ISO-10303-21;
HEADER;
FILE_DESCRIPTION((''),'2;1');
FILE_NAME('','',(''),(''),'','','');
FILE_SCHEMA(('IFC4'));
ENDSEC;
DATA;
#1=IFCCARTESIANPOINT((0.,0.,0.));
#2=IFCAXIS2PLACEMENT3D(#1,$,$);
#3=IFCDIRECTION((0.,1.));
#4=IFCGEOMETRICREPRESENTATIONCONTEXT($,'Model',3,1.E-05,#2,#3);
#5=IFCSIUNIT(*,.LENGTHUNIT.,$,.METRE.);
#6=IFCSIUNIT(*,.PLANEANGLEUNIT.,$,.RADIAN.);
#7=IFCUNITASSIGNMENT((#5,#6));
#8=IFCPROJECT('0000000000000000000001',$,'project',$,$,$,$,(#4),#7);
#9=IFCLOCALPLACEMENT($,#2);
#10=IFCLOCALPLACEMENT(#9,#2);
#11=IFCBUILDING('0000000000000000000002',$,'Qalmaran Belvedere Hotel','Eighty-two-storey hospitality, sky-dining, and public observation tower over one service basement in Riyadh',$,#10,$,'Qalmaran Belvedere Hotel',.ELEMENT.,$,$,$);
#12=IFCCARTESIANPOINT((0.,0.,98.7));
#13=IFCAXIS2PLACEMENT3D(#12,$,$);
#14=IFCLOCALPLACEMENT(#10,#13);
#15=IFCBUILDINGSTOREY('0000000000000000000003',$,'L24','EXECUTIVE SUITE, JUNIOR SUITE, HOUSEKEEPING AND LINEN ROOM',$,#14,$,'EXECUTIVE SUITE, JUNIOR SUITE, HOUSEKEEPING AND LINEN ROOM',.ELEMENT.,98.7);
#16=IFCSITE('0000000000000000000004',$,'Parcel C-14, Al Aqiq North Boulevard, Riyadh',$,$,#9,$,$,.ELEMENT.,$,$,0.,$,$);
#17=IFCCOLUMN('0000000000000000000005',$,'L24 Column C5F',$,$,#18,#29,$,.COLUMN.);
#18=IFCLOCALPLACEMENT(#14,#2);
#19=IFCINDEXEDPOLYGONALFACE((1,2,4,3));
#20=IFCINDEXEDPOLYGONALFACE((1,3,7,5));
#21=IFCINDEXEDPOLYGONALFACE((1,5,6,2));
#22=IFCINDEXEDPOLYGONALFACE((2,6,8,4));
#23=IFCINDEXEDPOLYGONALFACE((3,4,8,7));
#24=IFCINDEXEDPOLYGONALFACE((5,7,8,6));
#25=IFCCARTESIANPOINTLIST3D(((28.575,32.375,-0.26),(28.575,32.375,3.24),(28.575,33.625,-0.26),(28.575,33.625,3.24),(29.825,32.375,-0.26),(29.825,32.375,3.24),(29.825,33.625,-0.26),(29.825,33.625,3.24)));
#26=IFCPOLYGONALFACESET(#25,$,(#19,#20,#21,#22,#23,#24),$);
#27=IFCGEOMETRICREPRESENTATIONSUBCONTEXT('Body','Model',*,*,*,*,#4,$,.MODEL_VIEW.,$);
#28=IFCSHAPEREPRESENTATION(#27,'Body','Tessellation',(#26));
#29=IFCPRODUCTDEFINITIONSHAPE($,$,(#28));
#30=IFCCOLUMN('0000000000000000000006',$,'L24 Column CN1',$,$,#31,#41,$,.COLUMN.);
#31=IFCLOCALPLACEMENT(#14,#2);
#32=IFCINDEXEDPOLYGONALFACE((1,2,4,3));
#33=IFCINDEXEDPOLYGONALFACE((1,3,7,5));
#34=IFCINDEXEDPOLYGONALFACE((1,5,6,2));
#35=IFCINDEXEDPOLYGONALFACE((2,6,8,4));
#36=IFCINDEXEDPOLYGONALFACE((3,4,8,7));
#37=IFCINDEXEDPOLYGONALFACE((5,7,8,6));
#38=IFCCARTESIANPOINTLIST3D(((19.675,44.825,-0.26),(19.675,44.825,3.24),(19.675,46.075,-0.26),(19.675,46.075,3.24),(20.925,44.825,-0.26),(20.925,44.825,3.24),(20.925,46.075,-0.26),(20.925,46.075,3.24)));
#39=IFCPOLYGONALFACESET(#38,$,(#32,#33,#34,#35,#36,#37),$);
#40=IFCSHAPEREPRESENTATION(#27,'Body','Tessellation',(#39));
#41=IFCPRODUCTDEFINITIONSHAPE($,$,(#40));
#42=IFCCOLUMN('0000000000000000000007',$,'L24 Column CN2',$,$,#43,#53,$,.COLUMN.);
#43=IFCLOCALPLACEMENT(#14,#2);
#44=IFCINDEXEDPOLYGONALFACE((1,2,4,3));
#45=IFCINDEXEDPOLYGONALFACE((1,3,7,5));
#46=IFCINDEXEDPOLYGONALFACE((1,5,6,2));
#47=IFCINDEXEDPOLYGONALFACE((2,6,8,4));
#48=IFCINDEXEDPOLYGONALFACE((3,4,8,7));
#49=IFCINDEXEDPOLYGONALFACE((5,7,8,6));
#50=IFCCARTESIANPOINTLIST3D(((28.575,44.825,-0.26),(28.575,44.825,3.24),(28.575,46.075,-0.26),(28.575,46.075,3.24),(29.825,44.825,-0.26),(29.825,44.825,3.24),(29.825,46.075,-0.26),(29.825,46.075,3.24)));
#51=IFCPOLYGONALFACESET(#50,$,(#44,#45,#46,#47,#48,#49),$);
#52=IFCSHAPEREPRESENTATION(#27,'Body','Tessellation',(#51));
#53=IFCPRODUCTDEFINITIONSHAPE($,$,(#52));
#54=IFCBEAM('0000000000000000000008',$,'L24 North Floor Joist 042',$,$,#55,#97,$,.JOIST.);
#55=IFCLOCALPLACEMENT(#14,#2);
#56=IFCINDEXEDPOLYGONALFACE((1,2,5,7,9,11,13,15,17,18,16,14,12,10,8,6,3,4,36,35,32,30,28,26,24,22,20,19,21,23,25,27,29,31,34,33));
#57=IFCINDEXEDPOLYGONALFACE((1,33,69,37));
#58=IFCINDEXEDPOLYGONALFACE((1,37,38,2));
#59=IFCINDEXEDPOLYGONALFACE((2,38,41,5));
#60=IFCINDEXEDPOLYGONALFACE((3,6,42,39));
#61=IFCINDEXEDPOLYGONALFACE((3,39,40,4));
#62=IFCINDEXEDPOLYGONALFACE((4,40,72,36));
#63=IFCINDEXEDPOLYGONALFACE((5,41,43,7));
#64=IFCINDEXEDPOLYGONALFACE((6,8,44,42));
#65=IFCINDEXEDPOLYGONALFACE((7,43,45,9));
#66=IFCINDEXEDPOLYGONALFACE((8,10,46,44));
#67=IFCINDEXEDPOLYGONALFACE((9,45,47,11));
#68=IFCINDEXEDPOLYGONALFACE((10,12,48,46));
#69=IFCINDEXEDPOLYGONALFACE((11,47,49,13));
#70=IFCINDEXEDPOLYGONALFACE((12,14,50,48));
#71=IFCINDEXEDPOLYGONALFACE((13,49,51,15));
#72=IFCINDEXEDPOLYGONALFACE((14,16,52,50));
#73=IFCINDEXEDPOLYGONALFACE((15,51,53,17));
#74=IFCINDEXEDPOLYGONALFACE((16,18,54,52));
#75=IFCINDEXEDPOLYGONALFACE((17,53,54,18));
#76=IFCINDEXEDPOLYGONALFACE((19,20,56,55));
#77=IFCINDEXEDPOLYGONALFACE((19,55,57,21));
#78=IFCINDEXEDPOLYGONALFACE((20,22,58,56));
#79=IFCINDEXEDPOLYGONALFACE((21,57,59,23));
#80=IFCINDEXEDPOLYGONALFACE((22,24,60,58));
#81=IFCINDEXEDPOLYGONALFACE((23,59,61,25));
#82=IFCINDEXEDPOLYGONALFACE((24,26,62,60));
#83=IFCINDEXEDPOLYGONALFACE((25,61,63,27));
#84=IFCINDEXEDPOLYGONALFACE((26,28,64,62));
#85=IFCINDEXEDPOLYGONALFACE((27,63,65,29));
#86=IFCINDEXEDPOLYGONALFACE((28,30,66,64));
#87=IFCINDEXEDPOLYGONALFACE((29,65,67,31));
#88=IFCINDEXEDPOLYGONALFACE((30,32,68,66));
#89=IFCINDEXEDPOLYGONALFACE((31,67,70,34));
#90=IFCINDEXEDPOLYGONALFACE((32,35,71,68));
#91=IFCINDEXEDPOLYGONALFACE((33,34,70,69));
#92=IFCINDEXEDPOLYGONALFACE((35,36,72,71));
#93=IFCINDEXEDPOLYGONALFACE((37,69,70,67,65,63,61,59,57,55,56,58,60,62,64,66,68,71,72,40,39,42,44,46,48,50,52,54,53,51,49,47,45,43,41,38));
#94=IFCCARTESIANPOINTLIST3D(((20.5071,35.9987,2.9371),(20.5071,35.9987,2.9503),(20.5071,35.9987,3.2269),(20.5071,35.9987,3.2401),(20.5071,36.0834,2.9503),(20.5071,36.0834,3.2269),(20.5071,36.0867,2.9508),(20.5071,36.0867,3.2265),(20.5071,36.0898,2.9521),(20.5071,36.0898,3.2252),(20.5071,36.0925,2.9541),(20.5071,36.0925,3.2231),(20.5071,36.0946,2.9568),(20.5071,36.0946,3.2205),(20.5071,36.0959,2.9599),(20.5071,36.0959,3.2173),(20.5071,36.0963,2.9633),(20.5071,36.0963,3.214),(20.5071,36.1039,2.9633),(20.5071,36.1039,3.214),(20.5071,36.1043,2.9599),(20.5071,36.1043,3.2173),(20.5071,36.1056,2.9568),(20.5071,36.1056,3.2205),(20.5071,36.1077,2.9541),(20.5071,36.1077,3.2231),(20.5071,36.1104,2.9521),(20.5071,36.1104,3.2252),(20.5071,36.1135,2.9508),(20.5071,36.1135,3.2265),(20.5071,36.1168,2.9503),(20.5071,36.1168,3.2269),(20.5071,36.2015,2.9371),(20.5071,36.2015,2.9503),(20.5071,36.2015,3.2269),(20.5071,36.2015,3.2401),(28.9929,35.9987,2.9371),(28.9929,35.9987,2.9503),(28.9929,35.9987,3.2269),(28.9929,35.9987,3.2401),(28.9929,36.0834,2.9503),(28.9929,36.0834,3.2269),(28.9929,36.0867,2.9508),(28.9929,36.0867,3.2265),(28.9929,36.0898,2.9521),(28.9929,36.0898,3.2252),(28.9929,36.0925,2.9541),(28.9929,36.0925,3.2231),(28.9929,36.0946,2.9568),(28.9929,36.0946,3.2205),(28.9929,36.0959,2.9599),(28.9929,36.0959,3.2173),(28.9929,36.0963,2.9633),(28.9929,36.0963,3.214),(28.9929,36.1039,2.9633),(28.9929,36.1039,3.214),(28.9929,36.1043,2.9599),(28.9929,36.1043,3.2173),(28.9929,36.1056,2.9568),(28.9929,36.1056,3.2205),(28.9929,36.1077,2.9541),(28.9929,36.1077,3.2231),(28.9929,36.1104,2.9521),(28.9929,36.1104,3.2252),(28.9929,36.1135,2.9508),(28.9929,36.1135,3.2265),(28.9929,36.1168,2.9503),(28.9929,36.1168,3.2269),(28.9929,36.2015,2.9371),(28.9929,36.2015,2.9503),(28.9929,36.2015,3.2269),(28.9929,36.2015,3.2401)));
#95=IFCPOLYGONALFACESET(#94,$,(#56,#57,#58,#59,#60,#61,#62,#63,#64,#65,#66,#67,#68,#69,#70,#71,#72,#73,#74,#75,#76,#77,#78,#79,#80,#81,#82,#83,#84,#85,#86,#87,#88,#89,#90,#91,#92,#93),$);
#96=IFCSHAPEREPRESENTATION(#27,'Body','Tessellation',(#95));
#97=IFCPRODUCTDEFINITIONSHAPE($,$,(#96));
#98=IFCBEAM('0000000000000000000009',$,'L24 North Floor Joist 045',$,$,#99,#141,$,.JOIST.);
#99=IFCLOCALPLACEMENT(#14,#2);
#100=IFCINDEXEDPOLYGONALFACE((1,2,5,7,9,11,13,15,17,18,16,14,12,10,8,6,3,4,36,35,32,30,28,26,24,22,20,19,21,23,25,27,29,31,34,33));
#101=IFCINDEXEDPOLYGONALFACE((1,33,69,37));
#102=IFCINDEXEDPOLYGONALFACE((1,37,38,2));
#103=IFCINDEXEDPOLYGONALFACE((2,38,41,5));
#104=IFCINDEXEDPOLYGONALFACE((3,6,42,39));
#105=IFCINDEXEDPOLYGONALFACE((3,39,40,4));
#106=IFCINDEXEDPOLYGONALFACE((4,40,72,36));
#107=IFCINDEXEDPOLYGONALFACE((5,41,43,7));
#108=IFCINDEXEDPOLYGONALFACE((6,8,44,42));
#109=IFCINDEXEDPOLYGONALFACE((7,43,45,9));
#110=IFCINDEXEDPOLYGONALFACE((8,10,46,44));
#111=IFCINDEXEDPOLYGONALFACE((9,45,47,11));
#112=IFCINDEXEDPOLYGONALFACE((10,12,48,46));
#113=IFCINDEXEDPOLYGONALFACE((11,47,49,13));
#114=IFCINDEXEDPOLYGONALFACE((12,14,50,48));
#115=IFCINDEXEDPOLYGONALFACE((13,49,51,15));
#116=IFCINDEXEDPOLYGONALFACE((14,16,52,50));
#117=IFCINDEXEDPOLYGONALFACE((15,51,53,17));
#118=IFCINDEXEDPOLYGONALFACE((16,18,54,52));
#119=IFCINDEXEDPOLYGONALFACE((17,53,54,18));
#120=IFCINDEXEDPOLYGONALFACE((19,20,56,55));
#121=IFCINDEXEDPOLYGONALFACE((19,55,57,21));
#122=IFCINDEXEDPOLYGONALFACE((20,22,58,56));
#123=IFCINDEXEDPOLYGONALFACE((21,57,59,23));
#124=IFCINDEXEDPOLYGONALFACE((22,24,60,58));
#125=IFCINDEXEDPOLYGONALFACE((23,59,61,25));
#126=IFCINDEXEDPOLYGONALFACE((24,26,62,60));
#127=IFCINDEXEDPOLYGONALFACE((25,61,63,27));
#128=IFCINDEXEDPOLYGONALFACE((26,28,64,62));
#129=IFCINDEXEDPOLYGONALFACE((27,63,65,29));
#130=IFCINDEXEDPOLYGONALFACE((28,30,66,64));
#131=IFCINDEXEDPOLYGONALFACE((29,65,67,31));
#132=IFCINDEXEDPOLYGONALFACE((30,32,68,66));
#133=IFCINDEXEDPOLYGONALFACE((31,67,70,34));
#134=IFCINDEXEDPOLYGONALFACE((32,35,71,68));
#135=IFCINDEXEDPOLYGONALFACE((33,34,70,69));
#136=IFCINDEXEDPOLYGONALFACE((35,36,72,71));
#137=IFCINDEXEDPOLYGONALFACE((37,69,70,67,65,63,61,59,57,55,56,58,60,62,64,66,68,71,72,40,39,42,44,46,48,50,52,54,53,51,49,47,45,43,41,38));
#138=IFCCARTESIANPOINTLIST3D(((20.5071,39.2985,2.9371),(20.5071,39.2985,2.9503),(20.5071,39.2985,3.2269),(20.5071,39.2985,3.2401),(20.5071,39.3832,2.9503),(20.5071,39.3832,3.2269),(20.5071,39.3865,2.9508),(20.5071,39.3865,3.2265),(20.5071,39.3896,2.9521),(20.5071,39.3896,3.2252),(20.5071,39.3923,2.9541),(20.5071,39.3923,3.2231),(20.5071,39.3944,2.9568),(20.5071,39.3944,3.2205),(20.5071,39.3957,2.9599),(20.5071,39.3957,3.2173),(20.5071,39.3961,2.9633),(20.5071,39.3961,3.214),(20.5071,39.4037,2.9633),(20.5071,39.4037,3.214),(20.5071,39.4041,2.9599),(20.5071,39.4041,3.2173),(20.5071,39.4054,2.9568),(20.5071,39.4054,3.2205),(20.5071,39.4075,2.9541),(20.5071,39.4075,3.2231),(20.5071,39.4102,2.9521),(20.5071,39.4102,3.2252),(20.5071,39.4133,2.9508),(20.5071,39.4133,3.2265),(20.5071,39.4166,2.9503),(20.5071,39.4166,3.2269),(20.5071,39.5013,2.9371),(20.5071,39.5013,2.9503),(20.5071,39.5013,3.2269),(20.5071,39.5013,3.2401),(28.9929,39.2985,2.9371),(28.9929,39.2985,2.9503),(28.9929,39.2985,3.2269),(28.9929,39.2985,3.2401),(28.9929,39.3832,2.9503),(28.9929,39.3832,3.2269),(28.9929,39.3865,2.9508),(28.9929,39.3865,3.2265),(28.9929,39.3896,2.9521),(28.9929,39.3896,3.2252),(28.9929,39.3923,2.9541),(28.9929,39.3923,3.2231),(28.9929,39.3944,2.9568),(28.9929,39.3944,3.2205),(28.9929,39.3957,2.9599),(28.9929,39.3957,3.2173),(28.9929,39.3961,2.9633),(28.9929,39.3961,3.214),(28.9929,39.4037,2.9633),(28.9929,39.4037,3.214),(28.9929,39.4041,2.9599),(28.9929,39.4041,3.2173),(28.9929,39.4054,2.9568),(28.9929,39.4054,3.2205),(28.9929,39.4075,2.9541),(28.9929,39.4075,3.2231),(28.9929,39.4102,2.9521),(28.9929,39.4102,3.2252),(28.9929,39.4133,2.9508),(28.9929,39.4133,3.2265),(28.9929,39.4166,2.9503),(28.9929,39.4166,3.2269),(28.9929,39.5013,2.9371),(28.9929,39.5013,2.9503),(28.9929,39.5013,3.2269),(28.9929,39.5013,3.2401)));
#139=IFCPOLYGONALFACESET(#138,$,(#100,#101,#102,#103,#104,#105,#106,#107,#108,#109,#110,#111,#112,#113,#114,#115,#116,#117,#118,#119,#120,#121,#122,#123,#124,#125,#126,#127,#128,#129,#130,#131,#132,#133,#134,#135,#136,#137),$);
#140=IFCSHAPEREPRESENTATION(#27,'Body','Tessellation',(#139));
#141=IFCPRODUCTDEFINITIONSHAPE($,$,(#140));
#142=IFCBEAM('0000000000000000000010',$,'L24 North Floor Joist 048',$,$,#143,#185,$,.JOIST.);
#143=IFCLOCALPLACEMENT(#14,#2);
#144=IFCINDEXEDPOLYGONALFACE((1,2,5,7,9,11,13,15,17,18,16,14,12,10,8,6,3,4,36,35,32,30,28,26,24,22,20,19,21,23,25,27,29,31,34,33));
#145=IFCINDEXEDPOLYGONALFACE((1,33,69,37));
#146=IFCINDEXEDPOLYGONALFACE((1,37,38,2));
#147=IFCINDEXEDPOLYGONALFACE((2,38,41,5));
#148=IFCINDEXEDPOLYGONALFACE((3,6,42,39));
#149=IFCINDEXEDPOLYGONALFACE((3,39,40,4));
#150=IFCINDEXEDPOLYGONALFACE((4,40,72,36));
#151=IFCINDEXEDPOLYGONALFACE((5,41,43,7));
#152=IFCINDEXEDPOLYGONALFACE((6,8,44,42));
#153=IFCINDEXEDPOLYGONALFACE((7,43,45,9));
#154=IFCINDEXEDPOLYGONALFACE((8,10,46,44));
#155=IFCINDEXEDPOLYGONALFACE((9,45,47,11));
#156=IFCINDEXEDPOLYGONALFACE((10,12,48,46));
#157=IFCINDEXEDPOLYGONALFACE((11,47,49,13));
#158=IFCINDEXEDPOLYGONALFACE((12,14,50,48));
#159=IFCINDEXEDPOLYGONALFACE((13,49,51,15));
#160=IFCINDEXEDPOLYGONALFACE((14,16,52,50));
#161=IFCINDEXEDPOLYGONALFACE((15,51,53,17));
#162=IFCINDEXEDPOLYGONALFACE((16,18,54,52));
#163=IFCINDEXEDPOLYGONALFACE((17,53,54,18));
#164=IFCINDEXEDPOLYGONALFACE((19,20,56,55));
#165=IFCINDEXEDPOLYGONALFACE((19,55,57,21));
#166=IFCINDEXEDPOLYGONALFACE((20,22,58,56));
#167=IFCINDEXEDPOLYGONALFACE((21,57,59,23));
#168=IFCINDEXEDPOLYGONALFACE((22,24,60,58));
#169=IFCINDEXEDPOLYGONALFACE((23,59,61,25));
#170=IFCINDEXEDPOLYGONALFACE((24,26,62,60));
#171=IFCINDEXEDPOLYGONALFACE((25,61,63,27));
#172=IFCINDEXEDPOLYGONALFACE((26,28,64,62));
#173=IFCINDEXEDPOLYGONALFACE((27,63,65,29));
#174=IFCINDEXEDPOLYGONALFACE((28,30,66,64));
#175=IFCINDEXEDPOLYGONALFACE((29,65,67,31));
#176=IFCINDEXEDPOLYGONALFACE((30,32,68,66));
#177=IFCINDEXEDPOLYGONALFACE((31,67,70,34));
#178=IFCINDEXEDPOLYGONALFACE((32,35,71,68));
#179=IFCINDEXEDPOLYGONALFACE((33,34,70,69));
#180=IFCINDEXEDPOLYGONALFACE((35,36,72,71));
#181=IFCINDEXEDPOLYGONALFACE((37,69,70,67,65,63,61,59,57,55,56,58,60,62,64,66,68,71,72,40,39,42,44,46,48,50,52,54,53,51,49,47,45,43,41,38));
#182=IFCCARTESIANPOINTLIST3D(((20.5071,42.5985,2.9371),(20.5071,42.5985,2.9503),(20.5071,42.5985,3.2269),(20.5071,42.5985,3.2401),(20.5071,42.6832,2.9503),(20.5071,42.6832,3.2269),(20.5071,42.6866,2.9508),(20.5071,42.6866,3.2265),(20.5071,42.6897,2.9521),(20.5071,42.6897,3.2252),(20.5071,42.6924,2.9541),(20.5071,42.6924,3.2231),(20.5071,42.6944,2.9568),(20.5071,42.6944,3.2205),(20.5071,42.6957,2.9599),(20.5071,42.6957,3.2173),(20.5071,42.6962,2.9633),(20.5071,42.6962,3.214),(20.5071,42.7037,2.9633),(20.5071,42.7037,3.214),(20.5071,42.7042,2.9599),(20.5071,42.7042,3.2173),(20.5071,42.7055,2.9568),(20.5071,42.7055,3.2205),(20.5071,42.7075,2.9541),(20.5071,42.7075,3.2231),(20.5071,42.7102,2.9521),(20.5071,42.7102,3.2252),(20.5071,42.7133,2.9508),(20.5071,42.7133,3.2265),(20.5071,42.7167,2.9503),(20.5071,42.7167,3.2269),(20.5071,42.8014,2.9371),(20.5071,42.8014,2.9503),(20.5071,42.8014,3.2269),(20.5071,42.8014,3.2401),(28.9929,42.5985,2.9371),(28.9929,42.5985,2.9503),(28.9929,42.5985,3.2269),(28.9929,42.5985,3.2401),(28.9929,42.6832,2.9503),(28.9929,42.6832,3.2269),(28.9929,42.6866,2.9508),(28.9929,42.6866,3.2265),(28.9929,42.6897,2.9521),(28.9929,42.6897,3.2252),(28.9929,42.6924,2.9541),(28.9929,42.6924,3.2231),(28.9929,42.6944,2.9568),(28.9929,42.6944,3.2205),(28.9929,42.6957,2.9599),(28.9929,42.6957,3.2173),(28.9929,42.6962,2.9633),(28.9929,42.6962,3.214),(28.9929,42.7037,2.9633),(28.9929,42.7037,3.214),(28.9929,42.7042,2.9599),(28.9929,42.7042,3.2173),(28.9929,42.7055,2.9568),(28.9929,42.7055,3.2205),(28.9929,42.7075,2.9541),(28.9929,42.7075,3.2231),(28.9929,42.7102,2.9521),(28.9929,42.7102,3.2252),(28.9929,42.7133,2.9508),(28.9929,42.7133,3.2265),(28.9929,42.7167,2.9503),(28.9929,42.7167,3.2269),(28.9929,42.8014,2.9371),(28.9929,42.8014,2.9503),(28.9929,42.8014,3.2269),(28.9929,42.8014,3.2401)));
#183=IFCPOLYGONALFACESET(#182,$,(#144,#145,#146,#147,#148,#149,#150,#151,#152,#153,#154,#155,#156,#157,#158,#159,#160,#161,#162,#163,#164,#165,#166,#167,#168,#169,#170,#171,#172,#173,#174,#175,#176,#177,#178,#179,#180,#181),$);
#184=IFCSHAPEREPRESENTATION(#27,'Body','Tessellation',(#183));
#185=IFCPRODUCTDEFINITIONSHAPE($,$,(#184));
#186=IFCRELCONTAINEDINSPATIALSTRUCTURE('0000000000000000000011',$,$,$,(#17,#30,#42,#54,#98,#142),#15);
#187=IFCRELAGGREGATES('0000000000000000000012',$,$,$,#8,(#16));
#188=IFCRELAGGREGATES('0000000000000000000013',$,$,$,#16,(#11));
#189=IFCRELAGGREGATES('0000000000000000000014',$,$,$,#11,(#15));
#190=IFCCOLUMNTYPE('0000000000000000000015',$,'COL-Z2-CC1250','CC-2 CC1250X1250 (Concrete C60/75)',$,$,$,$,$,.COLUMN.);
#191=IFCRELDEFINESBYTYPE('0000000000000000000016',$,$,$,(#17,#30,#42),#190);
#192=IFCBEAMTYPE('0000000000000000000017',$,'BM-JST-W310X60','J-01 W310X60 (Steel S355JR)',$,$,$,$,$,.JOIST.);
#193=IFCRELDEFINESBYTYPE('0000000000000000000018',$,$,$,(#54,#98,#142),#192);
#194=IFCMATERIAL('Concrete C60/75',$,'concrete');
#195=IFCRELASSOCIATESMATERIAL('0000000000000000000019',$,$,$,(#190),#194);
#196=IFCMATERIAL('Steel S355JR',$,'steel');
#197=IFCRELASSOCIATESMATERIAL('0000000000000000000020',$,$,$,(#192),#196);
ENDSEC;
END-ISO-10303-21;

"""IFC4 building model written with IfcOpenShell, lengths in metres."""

from ifc_helpers import new_model, si_unit, direction, frame, origin, origin_2d, place, context, subcontext, project, spatial, rectangle, i_section, extrude, material, material_profile, profile_set, type_object, element, save


model = new_model("IFC4")

# Units and contexts
model_context = context("Model", 3, precision=1e-05, world=origin(), true_north=direction((0.0, 1.0)))
body_context = subcontext(model_context, "Body", "Model", "MODEL_VIEW")
ifc_project = project(units=[si_unit("LENGTHUNIT", "METRE"), si_unit("PLANEANGLEUNIT", "RADIAN")], contexts=[model_context])

# Site, building, storey
site_placement = place(None, origin())
site = spatial("IfcSite", under=ifc_project, at=site_placement, Name="Parcel C-14, Al Aqiq North Boulevard, Riyadh", CompositionType="ELEMENT", RefElevation=0.0)
building_placement = place(site_placement, origin())
building = spatial("IfcBuilding", under=site, at=building_placement, Name="Qalmaran Belvedere Hotel", Description="Eighty-two-storey hospitality, sky-dining, and public observation tower over one service basement in Riyadh", LongName="Qalmaran Belvedere Hotel", CompositionType="ELEMENT")
storey_placement = place(building_placement, frame((0.0, 0.0, 98.7)))
storey = spatial("IfcBuildingStorey", under=building, at=storey_placement, Name="L24", Description="EXECUTIVE SUITE, JUNIOR SUITE, HOUSEKEEPING AND LINEN ROOM", LongName="EXECUTIVE SUITE, JUNIOR SUITE, HOUSEKEEPING AND LINEN ROOM", CompositionType="ELEMENT", Elevation=98.7)

# Columns
ifc_material_1 = material(Name="Concrete C60/75", Category="concrete")
ifc_material_profile_1 = material_profile(ifc_material_1, rectangle(XDim=1.25, YDim=1.25, at=origin_2d()), Name="CC1250X1250")
ifc_profile_set_1 = profile_set([ifc_material_profile_1], Name="Concrete C60/75")
column_type = type_object("IfcColumnType", Name="COL-Z2-CC1250", Description="CC-2 CC1250X1250 (Concrete C60/75)", PredefinedType="COLUMN", material=ifc_profile_set_1)
for number, where, z_axis, x_axis, name in (
    (1, (29.2, 33.0, -0.26), (0.0, 0.0, 1.0), (1.0, 0.0, 0.0), "L24 Column C5F"),
    (2, (20.3, 45.45, -0.26), (0.0, 0.0, 1.0), (1.0, 0.0, 0.0), "L24 Column CN1"),
    (3, (29.2, 45.45, -0.26), (0.0, 0.0, 1.0), (1.0, 0.0, 0.0), "L24 Column CN2"),
):
    element("IfcColumn", number, at=place(storey_placement, frame(where, z_axis=z_axis, x_axis=x_axis)), inside=storey, type_object=column_type, Name=name, PredefinedType="COLUMN", context=body_context, shape_type="SweptSolid", body=[
        extrude(rectangle(XDim=1.25, YDim=1.25, at=origin_2d()), origin(), (0.0, 0.0, 1.0), 3.5),
    ])

# Beams
ifc_material_2 = material(Name="Steel S355JR", Category="steel")
ifc_material_profile_2 = material_profile(ifc_material_2, i_section(OverallWidth=0.2029, OverallDepth=0.303, WebThickness=0.0076, FlangeThickness=0.0132, FilletRadius=0.0129, at=origin_2d()), Name="W310X60")
ifc_profile_set_2 = profile_set([ifc_material_profile_2], Name="Steel S355JR")
beam_type_1 = type_object("IfcBeamType", Name="BM-JST-W310X60", Description="J-01 W310X60 (Steel S355JR)", PredefinedType="JOIST", material=ifc_profile_set_2)
for number, where, z_axis, x_axis, name in (
    (4, (20.5071, 36.1001, 3.0886), (1.0, 0.0, 0.0), (0.0, 1.0, 0.0), "L24 North Floor Joist 042"),
    (5, (20.5071, 39.3999, 3.0886), (1.0, 0.0, 0.0), (0.0, 1.0, 0.0), "L24 North Floor Joist 045"),
    (6, (20.5071, 42.7, 3.0886), (1.0, 0.0, 0.0), (0.0, 1.0, 0.0), "L24 North Floor Joist 048"),
):
    element("IfcBeam", number, at=place(storey_placement, frame(where, z_axis=z_axis, x_axis=x_axis)), inside=storey, type_object=beam_type_1, Name=name, PredefinedType="JOIST", context=body_context, shape_type="SweptSolid", body=[
        extrude(i_section(OverallWidth=0.2029, OverallDepth=0.303, WebThickness=0.0076, FlangeThickness=0.0132, FilletRadius=0.0129, at=origin_2d()), origin(), (0.0, 0.0, 1.0), 8.4858),
    ])

save(model, "model.ifc")
